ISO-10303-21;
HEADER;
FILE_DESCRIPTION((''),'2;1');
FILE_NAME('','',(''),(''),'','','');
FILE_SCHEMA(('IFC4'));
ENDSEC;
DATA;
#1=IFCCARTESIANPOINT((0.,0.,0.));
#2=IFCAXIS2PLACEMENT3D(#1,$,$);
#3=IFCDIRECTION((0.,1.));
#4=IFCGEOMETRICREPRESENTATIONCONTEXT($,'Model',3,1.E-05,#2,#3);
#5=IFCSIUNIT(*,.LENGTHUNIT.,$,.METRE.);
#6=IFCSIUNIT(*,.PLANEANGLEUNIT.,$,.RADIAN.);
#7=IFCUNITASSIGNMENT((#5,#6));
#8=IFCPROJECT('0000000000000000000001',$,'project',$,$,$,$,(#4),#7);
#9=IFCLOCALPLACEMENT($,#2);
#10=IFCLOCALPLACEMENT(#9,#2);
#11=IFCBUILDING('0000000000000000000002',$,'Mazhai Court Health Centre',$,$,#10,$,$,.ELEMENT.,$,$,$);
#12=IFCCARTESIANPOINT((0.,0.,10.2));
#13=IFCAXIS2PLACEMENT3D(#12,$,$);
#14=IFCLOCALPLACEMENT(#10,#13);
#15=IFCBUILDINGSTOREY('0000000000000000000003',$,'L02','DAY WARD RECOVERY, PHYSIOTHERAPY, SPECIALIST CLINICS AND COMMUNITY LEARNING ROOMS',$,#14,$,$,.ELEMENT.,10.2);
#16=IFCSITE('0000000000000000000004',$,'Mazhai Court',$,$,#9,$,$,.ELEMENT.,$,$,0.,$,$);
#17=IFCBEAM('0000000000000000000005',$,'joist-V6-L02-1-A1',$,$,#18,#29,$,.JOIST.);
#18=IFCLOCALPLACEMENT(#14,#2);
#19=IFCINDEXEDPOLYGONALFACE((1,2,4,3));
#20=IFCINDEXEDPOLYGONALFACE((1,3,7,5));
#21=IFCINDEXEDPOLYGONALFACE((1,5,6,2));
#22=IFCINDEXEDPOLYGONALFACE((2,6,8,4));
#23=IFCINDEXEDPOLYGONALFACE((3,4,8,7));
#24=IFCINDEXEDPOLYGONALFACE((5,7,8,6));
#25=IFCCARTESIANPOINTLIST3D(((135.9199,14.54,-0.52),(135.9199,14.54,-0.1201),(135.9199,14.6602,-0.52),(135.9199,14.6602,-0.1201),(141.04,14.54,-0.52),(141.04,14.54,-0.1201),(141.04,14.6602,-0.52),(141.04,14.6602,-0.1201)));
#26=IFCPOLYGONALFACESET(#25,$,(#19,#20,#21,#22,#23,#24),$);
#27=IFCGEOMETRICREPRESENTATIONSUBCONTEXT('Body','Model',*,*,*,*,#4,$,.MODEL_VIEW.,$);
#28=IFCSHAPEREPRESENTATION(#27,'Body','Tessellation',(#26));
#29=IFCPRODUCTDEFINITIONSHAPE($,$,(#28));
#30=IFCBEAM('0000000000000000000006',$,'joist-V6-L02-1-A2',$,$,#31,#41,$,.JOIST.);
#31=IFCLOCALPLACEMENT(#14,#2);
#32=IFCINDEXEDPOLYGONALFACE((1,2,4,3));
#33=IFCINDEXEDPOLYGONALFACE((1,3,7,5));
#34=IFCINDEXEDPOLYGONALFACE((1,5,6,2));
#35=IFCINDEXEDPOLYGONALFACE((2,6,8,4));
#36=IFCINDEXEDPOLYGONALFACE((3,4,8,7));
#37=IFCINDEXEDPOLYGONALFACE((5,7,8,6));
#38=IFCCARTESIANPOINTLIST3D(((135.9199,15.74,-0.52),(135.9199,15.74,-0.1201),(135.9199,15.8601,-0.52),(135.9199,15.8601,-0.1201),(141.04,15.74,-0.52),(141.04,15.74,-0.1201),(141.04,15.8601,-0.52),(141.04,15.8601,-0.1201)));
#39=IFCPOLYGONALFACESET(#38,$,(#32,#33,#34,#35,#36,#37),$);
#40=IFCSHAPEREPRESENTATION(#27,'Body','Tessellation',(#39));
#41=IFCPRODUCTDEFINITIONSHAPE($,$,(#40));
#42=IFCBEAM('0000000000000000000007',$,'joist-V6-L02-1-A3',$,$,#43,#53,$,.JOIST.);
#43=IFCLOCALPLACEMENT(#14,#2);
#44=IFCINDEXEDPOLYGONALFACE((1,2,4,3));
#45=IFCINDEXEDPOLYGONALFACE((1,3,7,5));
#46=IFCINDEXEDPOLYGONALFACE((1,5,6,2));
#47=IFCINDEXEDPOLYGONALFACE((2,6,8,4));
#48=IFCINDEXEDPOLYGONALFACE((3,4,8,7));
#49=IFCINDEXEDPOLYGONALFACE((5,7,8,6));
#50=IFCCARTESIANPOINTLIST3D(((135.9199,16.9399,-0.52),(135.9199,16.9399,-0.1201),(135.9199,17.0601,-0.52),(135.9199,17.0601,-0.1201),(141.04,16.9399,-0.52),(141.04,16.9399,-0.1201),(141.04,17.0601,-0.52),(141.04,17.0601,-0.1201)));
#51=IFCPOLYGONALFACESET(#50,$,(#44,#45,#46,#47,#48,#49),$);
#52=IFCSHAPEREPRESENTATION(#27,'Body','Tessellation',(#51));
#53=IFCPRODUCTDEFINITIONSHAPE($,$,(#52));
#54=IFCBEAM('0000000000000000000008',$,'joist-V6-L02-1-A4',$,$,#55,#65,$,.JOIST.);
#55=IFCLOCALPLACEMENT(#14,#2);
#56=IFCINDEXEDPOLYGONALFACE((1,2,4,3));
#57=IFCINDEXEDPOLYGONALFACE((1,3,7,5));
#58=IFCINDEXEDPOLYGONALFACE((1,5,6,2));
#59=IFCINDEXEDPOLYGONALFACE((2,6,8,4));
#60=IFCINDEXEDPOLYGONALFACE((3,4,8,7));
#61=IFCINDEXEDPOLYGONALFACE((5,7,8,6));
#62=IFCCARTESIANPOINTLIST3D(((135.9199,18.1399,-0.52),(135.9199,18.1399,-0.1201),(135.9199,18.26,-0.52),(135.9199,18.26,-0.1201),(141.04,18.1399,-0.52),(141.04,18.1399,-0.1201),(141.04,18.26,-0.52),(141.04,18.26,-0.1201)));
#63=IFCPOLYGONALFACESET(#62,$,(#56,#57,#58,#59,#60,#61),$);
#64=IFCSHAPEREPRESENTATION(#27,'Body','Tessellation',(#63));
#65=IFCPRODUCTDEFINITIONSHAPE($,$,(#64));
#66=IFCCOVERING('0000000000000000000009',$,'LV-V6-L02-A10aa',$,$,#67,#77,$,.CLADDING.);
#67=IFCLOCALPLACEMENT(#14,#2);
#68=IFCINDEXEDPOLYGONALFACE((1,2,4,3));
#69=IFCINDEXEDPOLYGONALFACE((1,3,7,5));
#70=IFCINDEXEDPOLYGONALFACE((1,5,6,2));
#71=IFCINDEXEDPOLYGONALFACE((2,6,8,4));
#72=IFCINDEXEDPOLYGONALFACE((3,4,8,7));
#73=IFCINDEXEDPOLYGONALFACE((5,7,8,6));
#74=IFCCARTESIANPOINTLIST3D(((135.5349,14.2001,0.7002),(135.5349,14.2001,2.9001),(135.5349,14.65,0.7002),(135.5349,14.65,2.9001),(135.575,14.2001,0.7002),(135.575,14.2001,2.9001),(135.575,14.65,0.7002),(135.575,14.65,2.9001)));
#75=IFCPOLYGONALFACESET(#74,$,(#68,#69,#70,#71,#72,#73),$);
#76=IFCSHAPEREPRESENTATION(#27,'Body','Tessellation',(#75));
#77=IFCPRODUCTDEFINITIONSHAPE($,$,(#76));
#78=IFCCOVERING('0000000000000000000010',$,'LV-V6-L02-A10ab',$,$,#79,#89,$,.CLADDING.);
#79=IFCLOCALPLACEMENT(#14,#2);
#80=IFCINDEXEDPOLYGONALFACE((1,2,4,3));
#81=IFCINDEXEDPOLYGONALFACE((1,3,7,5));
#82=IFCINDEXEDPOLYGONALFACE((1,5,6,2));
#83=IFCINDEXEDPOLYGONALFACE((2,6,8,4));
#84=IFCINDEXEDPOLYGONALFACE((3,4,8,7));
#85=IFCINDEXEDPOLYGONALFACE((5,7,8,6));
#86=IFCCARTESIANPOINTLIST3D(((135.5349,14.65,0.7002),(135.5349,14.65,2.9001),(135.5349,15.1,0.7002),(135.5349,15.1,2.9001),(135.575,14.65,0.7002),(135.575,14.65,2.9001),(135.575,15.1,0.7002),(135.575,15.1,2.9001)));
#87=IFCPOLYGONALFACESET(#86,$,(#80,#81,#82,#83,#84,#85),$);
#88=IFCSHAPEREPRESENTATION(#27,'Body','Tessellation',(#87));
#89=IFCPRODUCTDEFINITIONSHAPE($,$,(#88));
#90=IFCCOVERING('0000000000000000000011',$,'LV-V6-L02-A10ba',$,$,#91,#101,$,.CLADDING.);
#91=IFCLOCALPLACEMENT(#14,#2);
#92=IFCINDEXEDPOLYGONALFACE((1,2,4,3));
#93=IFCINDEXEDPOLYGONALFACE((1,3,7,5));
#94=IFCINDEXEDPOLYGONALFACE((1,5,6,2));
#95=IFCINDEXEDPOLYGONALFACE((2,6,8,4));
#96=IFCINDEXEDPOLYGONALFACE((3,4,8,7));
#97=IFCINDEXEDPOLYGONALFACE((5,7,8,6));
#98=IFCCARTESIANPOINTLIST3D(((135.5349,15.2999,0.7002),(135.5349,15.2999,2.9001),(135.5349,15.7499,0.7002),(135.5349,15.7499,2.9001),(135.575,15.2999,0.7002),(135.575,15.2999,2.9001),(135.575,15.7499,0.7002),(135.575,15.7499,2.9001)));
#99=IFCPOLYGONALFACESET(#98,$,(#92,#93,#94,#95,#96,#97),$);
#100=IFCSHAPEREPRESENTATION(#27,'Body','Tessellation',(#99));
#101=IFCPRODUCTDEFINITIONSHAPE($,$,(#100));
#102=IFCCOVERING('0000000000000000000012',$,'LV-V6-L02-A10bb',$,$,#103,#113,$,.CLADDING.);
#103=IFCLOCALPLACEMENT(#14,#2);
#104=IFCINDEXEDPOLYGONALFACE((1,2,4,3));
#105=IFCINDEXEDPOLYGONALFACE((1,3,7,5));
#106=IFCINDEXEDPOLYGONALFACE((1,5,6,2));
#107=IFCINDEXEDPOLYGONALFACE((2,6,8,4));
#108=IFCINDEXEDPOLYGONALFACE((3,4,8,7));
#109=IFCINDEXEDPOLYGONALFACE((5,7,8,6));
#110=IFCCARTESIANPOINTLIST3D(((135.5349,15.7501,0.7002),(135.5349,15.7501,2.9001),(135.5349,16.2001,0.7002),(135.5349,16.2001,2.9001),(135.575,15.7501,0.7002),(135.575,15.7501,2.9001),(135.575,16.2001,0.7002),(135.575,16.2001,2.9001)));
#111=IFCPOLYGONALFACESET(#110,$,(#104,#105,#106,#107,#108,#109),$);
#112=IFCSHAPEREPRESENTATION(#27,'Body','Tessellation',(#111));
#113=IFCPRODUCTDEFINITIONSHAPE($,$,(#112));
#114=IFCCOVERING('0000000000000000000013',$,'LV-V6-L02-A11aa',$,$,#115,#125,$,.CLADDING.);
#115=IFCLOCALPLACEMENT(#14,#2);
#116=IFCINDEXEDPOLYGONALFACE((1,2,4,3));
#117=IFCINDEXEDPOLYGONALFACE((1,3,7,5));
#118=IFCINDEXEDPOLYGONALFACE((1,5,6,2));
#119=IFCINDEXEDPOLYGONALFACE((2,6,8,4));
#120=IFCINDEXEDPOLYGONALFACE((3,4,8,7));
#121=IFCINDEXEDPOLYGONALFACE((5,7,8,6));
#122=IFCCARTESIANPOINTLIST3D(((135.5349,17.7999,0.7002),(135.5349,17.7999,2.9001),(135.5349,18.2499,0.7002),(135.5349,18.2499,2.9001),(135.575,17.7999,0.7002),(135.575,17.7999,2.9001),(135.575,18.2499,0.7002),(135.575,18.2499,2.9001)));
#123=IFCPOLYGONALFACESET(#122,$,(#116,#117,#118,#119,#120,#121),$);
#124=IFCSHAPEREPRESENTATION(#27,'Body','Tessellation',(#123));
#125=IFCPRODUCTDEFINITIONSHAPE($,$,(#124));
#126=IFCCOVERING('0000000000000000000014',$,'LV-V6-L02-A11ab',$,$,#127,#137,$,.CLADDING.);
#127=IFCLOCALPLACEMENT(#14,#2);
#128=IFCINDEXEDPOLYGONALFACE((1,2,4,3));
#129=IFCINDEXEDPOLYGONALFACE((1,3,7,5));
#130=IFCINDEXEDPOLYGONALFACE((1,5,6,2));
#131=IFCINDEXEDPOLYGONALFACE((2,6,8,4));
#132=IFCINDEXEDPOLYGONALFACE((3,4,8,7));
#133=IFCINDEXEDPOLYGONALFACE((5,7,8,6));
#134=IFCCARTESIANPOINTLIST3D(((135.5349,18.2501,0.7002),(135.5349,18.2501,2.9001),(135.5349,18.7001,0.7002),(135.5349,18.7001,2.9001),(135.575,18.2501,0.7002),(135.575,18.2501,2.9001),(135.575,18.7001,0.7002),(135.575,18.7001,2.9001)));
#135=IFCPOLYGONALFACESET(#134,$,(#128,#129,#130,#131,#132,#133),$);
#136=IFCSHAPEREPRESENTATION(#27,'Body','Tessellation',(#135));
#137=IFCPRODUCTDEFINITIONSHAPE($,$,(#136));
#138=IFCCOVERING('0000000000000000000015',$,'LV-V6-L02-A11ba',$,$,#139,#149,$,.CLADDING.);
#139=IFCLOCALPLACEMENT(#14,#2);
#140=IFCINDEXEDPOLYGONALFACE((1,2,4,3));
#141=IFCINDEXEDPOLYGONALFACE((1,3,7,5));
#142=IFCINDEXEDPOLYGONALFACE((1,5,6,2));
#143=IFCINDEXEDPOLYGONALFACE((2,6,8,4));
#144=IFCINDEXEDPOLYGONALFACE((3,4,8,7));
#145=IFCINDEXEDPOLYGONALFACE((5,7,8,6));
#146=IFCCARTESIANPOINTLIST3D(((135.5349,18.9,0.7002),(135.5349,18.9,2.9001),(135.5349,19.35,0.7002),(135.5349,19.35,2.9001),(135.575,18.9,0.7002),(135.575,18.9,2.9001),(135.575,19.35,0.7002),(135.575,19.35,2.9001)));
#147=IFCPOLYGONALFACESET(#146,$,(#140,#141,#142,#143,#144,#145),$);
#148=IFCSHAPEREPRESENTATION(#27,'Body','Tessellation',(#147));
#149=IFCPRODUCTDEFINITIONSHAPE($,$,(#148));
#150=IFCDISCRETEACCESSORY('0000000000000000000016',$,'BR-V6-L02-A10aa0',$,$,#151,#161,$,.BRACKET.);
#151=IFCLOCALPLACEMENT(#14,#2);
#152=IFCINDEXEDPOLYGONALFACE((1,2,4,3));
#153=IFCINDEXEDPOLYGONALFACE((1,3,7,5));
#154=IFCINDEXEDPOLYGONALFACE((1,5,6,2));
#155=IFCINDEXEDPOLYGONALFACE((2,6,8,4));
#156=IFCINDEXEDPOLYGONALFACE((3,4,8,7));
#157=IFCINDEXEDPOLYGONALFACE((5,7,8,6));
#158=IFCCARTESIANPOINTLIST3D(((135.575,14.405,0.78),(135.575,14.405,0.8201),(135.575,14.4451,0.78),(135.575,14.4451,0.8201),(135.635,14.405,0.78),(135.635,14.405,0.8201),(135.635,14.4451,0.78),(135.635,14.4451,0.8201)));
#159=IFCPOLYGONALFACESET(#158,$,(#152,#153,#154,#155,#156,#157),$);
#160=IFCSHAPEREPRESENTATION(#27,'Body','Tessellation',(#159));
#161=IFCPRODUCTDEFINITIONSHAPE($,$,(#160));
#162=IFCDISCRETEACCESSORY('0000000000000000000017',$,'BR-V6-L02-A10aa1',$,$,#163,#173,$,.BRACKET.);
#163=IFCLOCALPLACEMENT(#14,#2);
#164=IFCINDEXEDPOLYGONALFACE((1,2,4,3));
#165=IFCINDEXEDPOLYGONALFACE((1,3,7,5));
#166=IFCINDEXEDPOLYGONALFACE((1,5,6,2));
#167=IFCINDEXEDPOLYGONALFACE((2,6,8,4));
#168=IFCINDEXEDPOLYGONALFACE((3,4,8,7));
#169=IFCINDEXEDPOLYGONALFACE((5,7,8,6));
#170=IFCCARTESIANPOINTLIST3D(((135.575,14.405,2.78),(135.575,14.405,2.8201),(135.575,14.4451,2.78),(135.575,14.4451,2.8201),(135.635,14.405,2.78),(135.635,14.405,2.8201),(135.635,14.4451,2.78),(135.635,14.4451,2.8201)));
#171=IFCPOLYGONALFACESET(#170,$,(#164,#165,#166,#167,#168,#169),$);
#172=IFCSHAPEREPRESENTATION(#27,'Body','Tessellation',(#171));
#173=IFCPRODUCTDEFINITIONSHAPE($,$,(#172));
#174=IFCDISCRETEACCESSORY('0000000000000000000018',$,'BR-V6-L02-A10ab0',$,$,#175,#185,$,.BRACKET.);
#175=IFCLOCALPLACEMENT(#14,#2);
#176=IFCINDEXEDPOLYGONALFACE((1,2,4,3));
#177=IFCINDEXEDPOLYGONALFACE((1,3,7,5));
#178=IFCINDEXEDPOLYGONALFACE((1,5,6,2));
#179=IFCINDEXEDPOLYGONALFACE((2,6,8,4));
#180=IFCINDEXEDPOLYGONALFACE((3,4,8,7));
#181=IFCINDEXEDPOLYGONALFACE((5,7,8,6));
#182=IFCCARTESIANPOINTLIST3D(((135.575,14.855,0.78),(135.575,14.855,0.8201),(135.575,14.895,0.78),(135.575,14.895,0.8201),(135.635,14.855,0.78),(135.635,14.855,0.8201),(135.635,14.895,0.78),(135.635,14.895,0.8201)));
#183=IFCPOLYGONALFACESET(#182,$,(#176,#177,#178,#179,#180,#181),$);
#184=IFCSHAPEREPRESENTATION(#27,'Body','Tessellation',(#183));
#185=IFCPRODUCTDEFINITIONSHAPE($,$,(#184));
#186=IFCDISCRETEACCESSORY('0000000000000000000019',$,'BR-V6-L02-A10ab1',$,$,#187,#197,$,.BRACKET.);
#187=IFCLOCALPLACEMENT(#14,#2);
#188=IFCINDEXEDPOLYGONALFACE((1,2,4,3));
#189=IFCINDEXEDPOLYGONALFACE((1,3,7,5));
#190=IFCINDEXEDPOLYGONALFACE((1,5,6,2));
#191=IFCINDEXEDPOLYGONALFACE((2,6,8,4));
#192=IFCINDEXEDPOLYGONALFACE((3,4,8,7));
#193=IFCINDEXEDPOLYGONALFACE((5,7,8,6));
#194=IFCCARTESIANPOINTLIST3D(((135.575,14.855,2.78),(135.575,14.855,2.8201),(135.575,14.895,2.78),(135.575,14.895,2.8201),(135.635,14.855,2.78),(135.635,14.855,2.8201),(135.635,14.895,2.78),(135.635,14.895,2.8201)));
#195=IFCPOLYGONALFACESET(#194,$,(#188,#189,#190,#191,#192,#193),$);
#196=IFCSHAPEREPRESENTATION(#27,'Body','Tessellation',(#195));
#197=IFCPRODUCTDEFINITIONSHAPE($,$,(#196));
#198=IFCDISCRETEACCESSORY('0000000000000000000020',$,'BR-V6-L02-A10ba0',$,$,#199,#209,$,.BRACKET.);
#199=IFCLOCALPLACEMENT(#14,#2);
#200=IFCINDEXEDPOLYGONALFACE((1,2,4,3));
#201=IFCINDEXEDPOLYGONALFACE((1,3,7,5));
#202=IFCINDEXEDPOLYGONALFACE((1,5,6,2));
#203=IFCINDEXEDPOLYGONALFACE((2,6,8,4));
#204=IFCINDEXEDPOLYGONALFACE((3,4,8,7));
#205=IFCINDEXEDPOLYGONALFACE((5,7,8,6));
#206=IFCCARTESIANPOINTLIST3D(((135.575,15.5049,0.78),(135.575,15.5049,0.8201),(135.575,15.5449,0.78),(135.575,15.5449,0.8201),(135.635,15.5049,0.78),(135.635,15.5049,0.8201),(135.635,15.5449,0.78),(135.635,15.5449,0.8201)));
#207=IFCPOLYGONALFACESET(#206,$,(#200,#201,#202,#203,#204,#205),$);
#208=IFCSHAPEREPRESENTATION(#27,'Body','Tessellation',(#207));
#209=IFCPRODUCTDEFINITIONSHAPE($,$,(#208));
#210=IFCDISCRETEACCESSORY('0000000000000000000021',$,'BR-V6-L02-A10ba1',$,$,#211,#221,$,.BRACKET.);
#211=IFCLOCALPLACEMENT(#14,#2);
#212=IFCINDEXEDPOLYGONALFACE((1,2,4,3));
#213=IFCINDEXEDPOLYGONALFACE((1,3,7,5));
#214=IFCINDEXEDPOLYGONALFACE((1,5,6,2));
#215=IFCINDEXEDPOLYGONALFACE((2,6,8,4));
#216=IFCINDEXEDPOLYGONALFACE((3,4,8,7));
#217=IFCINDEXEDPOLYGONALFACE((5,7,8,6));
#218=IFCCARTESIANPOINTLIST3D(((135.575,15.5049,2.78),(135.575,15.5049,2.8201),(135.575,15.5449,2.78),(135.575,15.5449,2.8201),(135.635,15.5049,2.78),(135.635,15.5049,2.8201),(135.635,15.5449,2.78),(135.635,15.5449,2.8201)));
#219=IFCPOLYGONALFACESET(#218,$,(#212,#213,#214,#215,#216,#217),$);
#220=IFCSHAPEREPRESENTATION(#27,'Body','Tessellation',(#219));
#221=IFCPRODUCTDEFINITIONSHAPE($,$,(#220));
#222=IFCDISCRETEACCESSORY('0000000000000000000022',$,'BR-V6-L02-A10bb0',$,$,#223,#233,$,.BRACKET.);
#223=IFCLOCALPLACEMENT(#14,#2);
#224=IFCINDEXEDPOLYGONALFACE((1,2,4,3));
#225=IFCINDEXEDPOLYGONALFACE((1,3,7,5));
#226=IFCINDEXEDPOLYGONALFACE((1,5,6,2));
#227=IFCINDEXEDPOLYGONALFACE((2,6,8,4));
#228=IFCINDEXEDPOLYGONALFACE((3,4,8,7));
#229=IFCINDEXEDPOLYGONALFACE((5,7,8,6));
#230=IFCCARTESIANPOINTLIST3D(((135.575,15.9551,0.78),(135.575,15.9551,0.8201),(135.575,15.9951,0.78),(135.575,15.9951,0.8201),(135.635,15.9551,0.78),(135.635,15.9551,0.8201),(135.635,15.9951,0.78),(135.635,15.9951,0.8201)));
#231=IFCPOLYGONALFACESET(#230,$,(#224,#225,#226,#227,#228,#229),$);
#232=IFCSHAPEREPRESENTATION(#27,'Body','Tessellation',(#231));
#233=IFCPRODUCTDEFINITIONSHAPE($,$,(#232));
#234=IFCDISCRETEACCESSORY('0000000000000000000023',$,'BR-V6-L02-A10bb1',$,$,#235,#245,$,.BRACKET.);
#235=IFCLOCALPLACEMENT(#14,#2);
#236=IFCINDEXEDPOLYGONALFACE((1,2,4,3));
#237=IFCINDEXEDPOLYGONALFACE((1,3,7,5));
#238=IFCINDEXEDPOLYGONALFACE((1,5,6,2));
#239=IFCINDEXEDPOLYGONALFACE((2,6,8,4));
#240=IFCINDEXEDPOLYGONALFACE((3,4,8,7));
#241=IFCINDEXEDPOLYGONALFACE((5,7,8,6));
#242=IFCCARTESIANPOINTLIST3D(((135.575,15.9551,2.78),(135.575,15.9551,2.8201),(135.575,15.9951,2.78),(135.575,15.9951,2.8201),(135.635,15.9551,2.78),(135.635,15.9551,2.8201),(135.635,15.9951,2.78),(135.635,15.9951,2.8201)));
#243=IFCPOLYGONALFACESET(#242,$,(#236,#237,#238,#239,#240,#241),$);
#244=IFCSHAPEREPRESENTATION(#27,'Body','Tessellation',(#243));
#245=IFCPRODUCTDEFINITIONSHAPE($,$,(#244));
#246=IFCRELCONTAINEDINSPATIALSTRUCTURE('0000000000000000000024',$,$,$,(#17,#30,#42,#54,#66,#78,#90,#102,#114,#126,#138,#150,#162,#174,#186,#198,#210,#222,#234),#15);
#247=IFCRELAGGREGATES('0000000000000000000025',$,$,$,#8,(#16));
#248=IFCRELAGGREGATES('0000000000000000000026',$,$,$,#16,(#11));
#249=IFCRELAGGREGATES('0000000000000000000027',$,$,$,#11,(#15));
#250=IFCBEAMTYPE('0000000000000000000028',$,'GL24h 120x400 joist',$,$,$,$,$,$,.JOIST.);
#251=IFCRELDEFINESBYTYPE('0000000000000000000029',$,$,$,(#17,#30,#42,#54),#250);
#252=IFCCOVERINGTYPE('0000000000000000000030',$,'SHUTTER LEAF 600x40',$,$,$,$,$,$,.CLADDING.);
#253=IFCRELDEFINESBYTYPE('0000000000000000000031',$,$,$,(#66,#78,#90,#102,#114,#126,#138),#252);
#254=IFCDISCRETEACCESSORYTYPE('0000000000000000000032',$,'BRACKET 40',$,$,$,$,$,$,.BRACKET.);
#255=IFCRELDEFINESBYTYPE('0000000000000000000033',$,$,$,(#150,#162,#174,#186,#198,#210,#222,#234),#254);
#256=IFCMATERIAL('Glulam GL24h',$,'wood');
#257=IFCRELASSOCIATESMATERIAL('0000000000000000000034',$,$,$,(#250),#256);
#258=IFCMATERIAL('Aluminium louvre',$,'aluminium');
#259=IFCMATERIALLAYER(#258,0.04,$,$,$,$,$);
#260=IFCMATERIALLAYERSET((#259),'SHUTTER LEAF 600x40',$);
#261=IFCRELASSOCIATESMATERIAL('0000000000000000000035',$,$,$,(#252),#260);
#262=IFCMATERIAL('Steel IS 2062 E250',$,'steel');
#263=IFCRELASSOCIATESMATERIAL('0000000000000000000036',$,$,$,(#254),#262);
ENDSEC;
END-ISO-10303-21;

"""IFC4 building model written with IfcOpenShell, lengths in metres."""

from ifc_helpers import new_model, si_unit, direction, frame, origin, origin_2d, place, context, subcontext, project, spatial, rectangle, extrude, material, layer, layer_set, material_profile, profile_set, type_object, element, save


model = new_model("IFC4")

# Units and contexts
model_context = context("Model", 3, precision=1e-05, world=origin(), true_north=direction((0.0, 1.0)))
body_context = subcontext(model_context, "Body", "Model", "MODEL_VIEW")
ifc_project = project(units=[si_unit("LENGTHUNIT", "METRE"), si_unit("PLANEANGLEUNIT", "RADIAN")], contexts=[model_context])

# Site, building, storey
site_placement = place(None, origin())
site = spatial("IfcSite", under=ifc_project, at=site_placement, Name="Mazhai Court", CompositionType="ELEMENT", RefElevation=0.0)
building_placement = place(site_placement, origin())
building = spatial("IfcBuilding", under=site, at=building_placement, Name="Mazhai Court Health Centre", CompositionType="ELEMENT")
storey_placement = place(building_placement, frame((0.0, 0.0, 10.2)))
storey = spatial("IfcBuildingStorey", under=building, at=storey_placement, Name="L02", Description="DAY WARD RECOVERY, PHYSIOTHERAPY, SPECIALIST CLINICS AND COMMUNITY LEARNING ROOMS", CompositionType="ELEMENT", Elevation=10.2)

# Beams
ifc_material_1 = material(Name="Glulam GL24h", Category="wood")
ifc_material_profile = material_profile(ifc_material_1, rectangle(XDim=0.1201, YDim=0.3999, at=origin_2d()), Name="GL24h 120x400")
ifc_profile_set = profile_set([ifc_material_profile], Name="Glulam GL24h")
beam_type = type_object("IfcBeamType", Name="GL24h 120x400 joist", PredefinedType="JOIST", material=ifc_profile_set)
for number, where, z_axis, x_axis, name in (
    (1, (135.9199, 14.6001, -0.3201), (1.0, 0.0, 0.0), (0.0, 1.0, 0.0), "joist-V6-L02-1-A1"),
    (2, (135.9199, 15.8, -0.3201), (1.0, 0.0, 0.0), (0.0, 1.0, 0.0), "joist-V6-L02-1-A2"),
    (3, (135.9199, 17.0, -0.3201), (1.0, 0.0, 0.0), (0.0, 1.0, 0.0), "joist-V6-L02-1-A3"),
    (4, (135.9199, 18.2, -0.3201), (1.0, 0.0, 0.0), (0.0, 1.0, 0.0), "joist-V6-L02-1-A4"),
):
    element("IfcBeam", number, at=place(storey_placement, frame(where, z_axis=z_axis, x_axis=x_axis)), inside=storey, type_object=beam_type, Name=name, PredefinedType="JOIST", context=body_context, shape_type="SweptSolid", body=[
        extrude(rectangle(XDim=0.1201, YDim=0.3999, at=origin_2d()), origin(), (0.0, 0.0, 1.0), 5.1201),
    ])

# Coverings
ifc_material_2 = material(Name="Aluminium louvre", Category="aluminium")
ifc_layer = layer(ifc_material_2, 0.04)
ifc_layer_set = layer_set([ifc_layer], Name="SHUTTER LEAF 600x40")
covering_type = type_object("IfcCoveringType", Name="SHUTTER LEAF 600x40", PredefinedType="CLADDING", material=ifc_layer_set)
for number, where, z_axis, x_axis, name in (
    (5, (135.5549, 14.425, 0.7002), (0.0, 0.0, 1.0), (0.0, 1.0, 0.0), "LV-V6-L02-A10aa"),
    (6, (135.5549, 14.875, 0.7002), (0.0, 0.0, 1.0), (0.0, 1.0, 0.0), "LV-V6-L02-A10ab"),
    (7, (135.5549, 15.5249, 0.7002), (0.0, 0.0, 1.0), (0.0, 1.0, 0.0), "LV-V6-L02-A10ba"),
    (8, (135.5549, 15.9751, 0.7002), (0.0, 0.0, 1.0), (0.0, 1.0, 0.0), "LV-V6-L02-A10bb"),
    (9, (135.5549, 18.0249, 0.7002), (0.0, 0.0, 1.0), (0.0, 1.0, 0.0), "LV-V6-L02-A11aa"),
    (10, (135.5549, 18.4751, 0.7002), (0.0, 0.0, 1.0), (0.0, 1.0, 0.0), "LV-V6-L02-A11ab"),
    (11, (135.5549, 19.125, 0.7002), (0.0, 0.0, 1.0), (0.0, 1.0, 0.0), "LV-V6-L02-A11ba"),
):
    element("IfcCovering", number, at=place(storey_placement, frame(where, z_axis=z_axis, x_axis=x_axis)), inside=storey, type_object=covering_type, Name=name, PredefinedType="CLADDING", context=body_context, shape_type="SweptSolid", body=[
        extrude(rectangle(XDim=0.45, YDim=0.04, at=origin_2d()), origin(), (0.0, 0.0, 1.0), 2.2),
    ])

# Discrete accessories
ifc_material_3 = material(Name="Steel IS 2062 E250", Category="steel")
discrete_accessory_type = type_object("IfcDiscreteAccessoryType", Name="BRACKET 40", PredefinedType="BRACKET", material=ifc_material_3)
for number, where, z_axis, x_axis, name in (
    (12, (135.605, 14.425, 0.78), (0.0, 0.0, 1.0), (0.0, 1.0, 0.0), "BR-V6-L02-A10aa0"),
    (13, (135.605, 14.425, 2.78), (0.0, 0.0, 1.0), (0.0, 1.0, 0.0), "BR-V6-L02-A10aa1"),
    (14, (135.605, 14.875, 0.78), (0.0, 0.0, 1.0), (0.0, 1.0, 0.0), "BR-V6-L02-A10ab0"),
    (15, (135.605, 14.875, 2.78), (0.0, 0.0, 1.0), (0.0, 1.0, 0.0), "BR-V6-L02-A10ab1"),
    (16, (135.605, 15.5249, 0.78), (0.0, 0.0, 1.0), (0.0, 1.0, 0.0), "BR-V6-L02-A10ba0"),
    (17, (135.605, 15.5249, 2.78), (0.0, 0.0, 1.0), (0.0, 1.0, 0.0), "BR-V6-L02-A10ba1"),
    (18, (135.605, 15.9751, 0.78), (0.0, 0.0, 1.0), (0.0, 1.0, 0.0), "BR-V6-L02-A10bb0"),
    (19, (135.605, 15.9751, 2.78), (0.0, 0.0, 1.0), (0.0, 1.0, 0.0), "BR-V6-L02-A10bb1"),
):
    element("IfcDiscreteAccessory", number, at=place(storey_placement, frame(where, z_axis=z_axis, x_axis=x_axis)), inside=storey, type_object=discrete_accessory_type, Name=name, PredefinedType="BRACKET", context=body_context, shape_type="SweptSolid", body=[
        extrude(rectangle(XDim=0.04, YDim=0.0601, at=origin_2d()), origin(), (0.0, 0.0, 1.0), 0.04),
    ])

save(model, "model.ifc")
